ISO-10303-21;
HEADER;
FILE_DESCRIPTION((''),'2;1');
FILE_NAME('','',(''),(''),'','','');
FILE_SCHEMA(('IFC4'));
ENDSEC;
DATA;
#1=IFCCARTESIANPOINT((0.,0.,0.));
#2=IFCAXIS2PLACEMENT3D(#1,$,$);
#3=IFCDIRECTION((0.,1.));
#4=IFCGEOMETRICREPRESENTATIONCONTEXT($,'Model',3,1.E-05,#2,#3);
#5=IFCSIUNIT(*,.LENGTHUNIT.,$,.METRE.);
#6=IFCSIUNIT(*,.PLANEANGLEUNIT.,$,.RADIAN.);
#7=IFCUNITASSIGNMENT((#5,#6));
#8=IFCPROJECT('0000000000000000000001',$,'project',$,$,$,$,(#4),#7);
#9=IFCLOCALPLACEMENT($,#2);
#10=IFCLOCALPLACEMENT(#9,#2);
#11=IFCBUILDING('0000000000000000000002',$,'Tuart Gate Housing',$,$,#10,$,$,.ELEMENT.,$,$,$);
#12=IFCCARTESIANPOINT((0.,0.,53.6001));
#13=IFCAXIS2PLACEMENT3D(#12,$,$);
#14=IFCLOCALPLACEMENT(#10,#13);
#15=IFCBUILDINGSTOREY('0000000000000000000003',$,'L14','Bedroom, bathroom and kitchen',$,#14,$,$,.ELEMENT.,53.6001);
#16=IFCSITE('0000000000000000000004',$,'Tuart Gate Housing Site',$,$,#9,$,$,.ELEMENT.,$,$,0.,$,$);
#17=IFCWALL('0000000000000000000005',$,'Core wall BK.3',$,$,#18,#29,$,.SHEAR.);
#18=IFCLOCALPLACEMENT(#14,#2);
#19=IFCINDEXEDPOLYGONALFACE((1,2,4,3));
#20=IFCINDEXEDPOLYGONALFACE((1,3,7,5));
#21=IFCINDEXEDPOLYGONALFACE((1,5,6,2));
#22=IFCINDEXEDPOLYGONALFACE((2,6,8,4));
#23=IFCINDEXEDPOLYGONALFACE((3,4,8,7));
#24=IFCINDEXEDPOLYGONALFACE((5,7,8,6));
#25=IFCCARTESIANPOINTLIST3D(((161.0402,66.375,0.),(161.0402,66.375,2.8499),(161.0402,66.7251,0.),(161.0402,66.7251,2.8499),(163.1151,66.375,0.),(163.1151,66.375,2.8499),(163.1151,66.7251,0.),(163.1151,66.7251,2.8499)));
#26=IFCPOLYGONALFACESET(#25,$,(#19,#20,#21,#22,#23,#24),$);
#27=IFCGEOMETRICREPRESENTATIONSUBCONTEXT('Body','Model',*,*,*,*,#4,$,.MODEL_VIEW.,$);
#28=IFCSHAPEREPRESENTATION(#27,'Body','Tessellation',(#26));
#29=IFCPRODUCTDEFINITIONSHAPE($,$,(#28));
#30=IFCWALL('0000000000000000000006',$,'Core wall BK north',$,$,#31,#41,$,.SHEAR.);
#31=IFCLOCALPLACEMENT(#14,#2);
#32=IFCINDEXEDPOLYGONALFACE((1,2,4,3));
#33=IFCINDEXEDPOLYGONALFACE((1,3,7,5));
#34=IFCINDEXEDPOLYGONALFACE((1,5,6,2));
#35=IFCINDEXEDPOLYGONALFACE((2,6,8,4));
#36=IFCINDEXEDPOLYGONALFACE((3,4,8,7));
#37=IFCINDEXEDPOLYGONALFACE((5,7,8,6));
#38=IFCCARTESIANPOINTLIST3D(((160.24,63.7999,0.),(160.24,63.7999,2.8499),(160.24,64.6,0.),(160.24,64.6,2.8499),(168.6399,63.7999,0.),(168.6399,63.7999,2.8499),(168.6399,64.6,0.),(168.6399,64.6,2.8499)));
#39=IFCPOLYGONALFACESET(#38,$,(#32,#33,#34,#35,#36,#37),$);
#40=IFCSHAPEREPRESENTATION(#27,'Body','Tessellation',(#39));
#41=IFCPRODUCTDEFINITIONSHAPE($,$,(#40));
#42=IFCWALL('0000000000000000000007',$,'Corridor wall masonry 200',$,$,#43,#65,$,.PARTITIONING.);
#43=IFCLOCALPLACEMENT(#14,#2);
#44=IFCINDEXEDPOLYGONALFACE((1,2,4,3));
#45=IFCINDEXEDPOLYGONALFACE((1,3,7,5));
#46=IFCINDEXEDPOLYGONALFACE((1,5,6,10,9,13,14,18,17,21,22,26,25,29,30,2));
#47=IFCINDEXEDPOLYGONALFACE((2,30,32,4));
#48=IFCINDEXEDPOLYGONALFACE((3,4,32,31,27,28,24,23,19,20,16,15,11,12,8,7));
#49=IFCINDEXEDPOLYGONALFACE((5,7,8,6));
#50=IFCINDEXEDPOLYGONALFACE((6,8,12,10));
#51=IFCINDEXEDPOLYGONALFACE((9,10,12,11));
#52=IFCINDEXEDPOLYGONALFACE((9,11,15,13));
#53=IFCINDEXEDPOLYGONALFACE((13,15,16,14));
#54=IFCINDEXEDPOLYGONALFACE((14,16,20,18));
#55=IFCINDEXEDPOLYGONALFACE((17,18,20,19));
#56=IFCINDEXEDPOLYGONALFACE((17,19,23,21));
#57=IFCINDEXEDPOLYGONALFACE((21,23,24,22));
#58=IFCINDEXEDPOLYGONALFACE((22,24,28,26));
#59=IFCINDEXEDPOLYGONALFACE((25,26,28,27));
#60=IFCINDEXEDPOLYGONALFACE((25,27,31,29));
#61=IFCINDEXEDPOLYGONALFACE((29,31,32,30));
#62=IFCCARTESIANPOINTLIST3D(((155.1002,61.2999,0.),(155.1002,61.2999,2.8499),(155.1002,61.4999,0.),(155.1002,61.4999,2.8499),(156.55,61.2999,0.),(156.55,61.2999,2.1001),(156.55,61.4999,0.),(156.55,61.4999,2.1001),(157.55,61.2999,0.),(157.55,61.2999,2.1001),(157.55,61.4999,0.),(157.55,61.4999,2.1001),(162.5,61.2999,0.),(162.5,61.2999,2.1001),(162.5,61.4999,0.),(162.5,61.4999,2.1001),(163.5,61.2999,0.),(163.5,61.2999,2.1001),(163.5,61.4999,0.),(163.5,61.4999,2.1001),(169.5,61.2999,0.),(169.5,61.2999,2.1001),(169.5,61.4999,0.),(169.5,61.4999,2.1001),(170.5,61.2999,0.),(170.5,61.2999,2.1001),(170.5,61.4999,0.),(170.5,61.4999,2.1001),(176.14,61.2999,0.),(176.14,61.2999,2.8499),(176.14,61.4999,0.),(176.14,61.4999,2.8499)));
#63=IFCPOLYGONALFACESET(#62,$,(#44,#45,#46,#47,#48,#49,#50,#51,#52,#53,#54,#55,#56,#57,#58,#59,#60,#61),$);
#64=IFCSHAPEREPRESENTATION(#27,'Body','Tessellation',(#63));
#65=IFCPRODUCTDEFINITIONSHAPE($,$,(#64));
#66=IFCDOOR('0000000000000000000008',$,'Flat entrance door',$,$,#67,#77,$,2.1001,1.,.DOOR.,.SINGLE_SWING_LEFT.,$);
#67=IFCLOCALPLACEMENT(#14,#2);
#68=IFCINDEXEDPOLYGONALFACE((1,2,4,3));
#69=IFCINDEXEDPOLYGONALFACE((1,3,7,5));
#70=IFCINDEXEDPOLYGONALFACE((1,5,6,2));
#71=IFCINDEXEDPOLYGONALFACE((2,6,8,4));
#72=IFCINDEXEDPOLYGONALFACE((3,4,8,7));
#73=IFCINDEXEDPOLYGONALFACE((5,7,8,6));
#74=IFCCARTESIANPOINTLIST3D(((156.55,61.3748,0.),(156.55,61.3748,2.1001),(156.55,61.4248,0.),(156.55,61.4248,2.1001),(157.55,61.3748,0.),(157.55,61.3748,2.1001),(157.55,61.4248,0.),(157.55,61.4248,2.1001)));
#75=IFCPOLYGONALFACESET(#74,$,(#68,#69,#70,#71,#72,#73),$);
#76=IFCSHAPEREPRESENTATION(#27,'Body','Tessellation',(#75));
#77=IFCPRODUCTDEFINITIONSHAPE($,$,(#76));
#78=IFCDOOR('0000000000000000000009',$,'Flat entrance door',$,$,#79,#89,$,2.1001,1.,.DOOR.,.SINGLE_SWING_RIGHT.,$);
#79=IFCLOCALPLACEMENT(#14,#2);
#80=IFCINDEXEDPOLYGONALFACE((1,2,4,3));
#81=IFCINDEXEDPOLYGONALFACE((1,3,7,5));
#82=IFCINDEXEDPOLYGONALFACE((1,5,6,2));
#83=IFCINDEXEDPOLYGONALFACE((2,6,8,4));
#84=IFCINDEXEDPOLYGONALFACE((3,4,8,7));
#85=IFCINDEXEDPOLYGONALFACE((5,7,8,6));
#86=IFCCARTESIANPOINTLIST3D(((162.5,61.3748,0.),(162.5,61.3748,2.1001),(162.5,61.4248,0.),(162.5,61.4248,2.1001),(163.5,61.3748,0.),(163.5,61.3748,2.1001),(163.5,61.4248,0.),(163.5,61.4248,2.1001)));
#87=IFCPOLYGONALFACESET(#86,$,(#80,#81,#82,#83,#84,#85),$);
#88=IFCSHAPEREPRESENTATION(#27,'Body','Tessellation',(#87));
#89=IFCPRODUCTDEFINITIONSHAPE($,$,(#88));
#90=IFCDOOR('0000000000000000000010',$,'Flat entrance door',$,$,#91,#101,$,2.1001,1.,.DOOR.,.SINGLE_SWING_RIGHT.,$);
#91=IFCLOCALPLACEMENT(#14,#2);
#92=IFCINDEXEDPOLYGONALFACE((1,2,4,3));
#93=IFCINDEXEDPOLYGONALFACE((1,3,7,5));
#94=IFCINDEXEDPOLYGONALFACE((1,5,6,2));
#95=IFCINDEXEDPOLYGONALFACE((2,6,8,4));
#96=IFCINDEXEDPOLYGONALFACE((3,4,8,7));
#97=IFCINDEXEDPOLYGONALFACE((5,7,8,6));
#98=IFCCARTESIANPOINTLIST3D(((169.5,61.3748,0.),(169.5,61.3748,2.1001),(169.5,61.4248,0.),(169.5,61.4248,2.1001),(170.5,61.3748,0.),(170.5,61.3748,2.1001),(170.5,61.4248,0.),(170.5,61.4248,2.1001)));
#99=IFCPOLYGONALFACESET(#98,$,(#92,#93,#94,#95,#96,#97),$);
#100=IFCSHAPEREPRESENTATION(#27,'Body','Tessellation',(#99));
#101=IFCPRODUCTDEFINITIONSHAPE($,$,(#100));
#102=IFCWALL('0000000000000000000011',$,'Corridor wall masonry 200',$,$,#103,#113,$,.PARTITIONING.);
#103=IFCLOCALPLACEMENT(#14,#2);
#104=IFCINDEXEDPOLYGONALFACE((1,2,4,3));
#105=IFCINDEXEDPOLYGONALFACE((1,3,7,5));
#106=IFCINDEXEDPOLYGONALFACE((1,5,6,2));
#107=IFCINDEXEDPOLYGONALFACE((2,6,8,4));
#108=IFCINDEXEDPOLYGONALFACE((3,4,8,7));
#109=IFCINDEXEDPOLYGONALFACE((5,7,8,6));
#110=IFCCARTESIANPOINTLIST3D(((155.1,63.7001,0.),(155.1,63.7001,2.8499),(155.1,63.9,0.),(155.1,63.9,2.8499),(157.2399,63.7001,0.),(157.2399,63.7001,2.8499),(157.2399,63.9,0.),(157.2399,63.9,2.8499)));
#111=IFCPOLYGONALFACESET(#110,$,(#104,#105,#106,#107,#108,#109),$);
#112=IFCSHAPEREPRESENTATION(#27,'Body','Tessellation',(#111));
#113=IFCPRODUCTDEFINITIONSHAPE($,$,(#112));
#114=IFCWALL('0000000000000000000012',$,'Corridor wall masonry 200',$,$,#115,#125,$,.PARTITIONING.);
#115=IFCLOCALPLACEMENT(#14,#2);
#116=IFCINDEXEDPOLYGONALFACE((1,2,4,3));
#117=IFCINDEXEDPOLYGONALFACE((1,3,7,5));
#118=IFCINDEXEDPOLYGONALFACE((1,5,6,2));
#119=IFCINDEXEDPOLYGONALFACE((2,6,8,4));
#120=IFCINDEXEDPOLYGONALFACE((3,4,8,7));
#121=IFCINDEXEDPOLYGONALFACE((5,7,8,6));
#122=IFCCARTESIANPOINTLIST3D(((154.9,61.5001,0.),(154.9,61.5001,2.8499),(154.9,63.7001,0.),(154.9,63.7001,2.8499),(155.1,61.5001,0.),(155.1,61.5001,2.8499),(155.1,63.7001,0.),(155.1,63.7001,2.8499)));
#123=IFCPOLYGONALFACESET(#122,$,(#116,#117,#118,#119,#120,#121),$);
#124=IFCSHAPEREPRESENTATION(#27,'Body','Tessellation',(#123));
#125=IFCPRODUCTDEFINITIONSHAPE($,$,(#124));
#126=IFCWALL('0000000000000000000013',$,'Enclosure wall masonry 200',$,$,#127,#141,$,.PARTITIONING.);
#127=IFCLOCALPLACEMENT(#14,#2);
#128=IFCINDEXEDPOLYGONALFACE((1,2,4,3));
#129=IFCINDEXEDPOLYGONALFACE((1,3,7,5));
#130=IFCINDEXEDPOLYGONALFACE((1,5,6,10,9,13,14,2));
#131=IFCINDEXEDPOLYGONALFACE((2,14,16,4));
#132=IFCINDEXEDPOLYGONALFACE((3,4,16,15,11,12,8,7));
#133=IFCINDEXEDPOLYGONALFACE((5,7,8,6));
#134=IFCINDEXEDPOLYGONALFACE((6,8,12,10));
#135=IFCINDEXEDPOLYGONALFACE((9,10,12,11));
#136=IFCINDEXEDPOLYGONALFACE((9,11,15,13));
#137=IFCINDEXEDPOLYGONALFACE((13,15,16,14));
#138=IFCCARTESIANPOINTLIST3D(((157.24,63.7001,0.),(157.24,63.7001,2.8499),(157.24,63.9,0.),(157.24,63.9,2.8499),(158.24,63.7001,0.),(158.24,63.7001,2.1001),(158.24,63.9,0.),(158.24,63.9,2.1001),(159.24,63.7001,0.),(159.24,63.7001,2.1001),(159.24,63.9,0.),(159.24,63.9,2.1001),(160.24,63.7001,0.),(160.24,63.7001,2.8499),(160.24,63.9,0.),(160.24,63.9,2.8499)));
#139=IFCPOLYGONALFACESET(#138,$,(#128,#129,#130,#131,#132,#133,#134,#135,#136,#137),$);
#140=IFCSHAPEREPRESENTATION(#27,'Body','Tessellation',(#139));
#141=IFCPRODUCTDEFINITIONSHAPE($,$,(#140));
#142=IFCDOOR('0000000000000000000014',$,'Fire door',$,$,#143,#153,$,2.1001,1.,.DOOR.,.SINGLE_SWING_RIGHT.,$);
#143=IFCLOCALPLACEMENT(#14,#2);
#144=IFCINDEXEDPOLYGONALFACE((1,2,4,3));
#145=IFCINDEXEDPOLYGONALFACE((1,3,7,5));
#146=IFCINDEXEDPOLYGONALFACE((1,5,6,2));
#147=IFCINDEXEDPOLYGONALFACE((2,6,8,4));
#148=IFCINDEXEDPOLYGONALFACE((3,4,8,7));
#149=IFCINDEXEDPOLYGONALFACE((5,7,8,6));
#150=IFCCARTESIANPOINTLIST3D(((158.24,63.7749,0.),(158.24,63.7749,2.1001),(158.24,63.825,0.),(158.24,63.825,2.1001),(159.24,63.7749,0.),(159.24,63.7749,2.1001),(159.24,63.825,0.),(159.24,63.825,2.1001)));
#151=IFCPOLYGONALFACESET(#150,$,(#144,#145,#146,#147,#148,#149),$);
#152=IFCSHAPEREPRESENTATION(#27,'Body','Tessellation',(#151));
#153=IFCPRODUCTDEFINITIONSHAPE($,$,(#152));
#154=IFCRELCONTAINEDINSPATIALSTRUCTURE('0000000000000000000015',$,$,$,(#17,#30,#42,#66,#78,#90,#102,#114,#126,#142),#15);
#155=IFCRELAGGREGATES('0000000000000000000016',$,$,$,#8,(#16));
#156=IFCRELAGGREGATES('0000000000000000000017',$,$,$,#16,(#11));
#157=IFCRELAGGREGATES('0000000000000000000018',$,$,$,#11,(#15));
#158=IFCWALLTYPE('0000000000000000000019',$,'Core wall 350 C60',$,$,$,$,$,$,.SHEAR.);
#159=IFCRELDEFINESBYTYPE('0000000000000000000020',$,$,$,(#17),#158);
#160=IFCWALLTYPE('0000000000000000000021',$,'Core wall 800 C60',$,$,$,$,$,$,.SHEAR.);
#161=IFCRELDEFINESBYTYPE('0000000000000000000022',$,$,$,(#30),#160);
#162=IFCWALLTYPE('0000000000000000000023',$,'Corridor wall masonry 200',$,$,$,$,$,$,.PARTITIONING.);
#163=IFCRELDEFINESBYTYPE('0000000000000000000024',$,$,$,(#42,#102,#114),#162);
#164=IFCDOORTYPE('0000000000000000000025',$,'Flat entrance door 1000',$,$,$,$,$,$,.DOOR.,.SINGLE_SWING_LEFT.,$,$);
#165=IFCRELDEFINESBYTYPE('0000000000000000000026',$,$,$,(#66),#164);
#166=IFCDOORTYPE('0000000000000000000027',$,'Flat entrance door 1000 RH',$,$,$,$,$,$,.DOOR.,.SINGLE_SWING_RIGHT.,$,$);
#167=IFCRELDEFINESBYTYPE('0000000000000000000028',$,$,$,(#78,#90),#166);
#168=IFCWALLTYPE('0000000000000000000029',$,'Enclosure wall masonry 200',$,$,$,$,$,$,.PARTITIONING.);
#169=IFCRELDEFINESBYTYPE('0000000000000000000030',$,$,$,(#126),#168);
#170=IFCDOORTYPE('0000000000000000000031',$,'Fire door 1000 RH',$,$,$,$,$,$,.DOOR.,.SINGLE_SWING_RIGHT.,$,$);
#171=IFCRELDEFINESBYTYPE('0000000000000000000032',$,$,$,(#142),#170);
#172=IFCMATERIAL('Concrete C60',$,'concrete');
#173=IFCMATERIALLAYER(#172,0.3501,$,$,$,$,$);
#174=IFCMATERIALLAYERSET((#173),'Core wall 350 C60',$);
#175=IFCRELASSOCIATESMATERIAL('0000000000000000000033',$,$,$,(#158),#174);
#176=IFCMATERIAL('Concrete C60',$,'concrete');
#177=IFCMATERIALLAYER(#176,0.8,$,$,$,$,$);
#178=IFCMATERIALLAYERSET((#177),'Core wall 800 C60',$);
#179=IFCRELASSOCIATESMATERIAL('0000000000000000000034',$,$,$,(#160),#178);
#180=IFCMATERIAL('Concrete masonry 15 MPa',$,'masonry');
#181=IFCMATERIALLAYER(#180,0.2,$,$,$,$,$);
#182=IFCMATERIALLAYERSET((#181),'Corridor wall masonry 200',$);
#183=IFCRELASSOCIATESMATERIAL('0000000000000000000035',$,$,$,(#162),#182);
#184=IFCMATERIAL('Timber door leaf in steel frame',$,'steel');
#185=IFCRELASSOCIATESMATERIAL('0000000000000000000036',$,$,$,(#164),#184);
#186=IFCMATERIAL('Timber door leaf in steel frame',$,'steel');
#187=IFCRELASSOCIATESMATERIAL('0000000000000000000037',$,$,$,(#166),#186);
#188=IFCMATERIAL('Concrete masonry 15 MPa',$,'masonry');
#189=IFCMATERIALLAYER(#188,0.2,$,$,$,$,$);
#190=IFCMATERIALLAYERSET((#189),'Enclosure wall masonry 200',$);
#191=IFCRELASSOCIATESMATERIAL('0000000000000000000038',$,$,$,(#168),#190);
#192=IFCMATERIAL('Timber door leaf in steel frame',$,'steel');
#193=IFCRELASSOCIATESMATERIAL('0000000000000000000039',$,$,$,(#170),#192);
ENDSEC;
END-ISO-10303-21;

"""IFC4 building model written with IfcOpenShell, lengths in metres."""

from ifc_helpers import new_model, si_unit, direction, frame, frame_2d, origin, place, context, subcontext, project, spatial, rectangle, extrude, material, layer, layer_set, type_object, element, fill, save


model = new_model("IFC4")

# Units and contexts
model_context = context("Model", 3, precision=1e-05, world=origin(), true_north=direction((0.0, 1.0)))
body_context = subcontext(model_context, "Body", "Model", "MODEL_VIEW")
ifc_project = project(units=[si_unit("LENGTHUNIT", "METRE"), si_unit("PLANEANGLEUNIT", "RADIAN")], contexts=[model_context])

# Site, building, storey
site_placement = place(None, origin())
site = spatial("IfcSite", under=ifc_project, at=site_placement, Name="Tuart Gate Housing Site", CompositionType="ELEMENT", RefElevation=0.0)
building_placement = place(site_placement, origin())
building = spatial("IfcBuilding", under=site, at=building_placement, Name="Tuart Gate Housing", CompositionType="ELEMENT")
storey_placement = place(building_placement, frame((0.0, 0.0, 53.6001)))
storey = spatial("IfcBuildingStorey", under=building, at=storey_placement, Name="L14", Description="Bedroom, bathroom and kitchen", CompositionType="ELEMENT", Elevation=53.6001)

# Walls
ifc_material_1 = material(Name="Concrete C60", Category="concrete")
ifc_layer_1 = layer(ifc_material_1, 0.3501)
ifc_layer_set_1 = layer_set([ifc_layer_1], Name="Core wall 350 C60")
wall_type_1 = type_object("IfcWallType", Name="Core wall 350 C60", PredefinedType="SHEAR", material=ifc_layer_set_1)
wall_1_placement = place(storey_placement, frame((161.04, 66.55, 0.0), z_axis=(0.0, 0.0, 1.0), x_axis=(1.0, 0.0, 0.0)))
element("IfcWall", 1, at=wall_1_placement, inside=storey, type_object=wall_type_1, Name="Core wall BK.3", PredefinedType="SHEAR", context=body_context, shape_type="SweptSolid", body=[
    extrude(rectangle(XDim=2.075, YDim=0.3501, at=frame_2d((1.0376, 0.0))), origin(), (0.0, 0.0, 1.0), 2.8499),
])
ifc_material_2 = material(Name="Concrete C60", Category="concrete")
ifc_layer_2 = layer(ifc_material_2, 0.8)
ifc_layer_set_2 = layer_set([ifc_layer_2], Name="Core wall 800 C60")
wall_type_2 = type_object("IfcWallType", Name="Core wall 800 C60", PredefinedType="SHEAR", material=ifc_layer_set_2)
wall_2_placement = place(storey_placement, frame((160.24, 64.2, 0.0), z_axis=(0.0, 0.0, 1.0), x_axis=(1.0, 0.0, 0.0)))
element("IfcWall", 2, at=wall_2_placement, inside=storey, type_object=wall_type_2, Name="Core wall BK north", PredefinedType="SHEAR", context=body_context, shape_type="SweptSolid", body=[
    extrude(rectangle(XDim=8.3999, YDim=0.8, at=frame_2d((4.2, 0.0))), origin(), (0.0, 0.0, 1.0), 2.8499),
])

# Wall, openings, doors
ifc_material_3 = material(Name="Concrete masonry 15 MPa", Category="masonry")
ifc_layer_3 = layer(ifc_material_3, 0.2)
ifc_layer_set_3 = layer_set([ifc_layer_3], Name="Corridor wall masonry 200")
wall_type_3 = type_object("IfcWallType", Name="Corridor wall masonry 200", PredefinedType="PARTITIONING", material=ifc_layer_set_3)
wall_3_placement = place(storey_placement, frame((155.1001, 61.3999, 0.0), z_axis=(0.0, 0.0, 1.0), x_axis=(1.0, 0.0, 0.0)))
wall_3 = element("IfcWall", 3, at=wall_3_placement, inside=storey, type_object=wall_type_3, Name="Corridor wall masonry 200", PredefinedType="PARTITIONING", context=body_context, shape_type="SweptSolid", body=[
    extrude(rectangle(XDim=21.0398, YDim=0.2, at=frame_2d((10.52, 0.0))), origin(), (0.0, 0.0, 1.0), 2.8499),
])
opening_1_placement = place(wall_3_placement, frame((1.45, 0.0, 0.0)))
opening_1 = element("IfcOpeningElement", 4, at=opening_1_placement, cuts=wall_3, PredefinedType="OPENING", context=body_context, shape_type="SweptSolid", body=[
    extrude(rectangle(XDim=1.0, YDim=2.1001, at=frame_2d((0.5, 1.05))), frame((0.0, 0.1099, 0.0), z_axis=(0.0, -1.0, 0.0), x_axis=(1.0, 0.0, 0.0)), (0.0, 0.0, 1.0), 0.22),
])
opening_2_placement = place(wall_3_placement, frame((7.3999, 0.0, 0.0)))
opening_2 = element("IfcOpeningElement", 5, at=opening_2_placement, cuts=wall_3, PredefinedType="OPENING", context=body_context, shape_type="SweptSolid", body=[
    extrude(rectangle(XDim=1.0, YDim=2.1001, at=frame_2d((0.5, 1.05))), frame((0.0, 0.1099, 0.0), z_axis=(0.0, -1.0, 0.0), x_axis=(1.0, 0.0, 0.0)), (0.0, 0.0, 1.0), 0.22),
])
opening_3_placement = place(wall_3_placement, frame((14.3999, 0.0, 0.0)))
opening_3 = element("IfcOpeningElement", 6, at=opening_3_placement, cuts=wall_3, PredefinedType="OPENING", context=body_context, shape_type="SweptSolid", body=[
    extrude(rectangle(XDim=1.0, YDim=2.1001, at=frame_2d((0.5, 1.05))), frame((0.0, 0.1099, 0.0), z_axis=(0.0, -1.0, 0.0), x_axis=(1.0, 0.0, 0.0)), (0.0, 0.0, 1.0), 0.22),
])
ifc_material_4 = material(Name="Timber door leaf in steel frame", Category="steel")
door_type_1 = type_object("IfcDoorType", Name="Flat entrance door 1000", OperationType="SINGLE_SWING_LEFT", PredefinedType="DOOR", material=ifc_material_4)
door_1_placement = place(opening_1_placement, frame((1.0, 0.0, 0.0), z_axis=(0.0, 0.0, 1.0), x_axis=(-1.0, 0.0, 0.0)))
door_1 = element("IfcDoor", 7, at=door_1_placement, inside=storey, type_object=door_type_1, Name="Flat entrance door", OperationType="SINGLE_SWING_LEFT", OverallHeight=2.1001, OverallWidth=1.0, PredefinedType="DOOR", context=body_context, shape_type="SweptSolid", body=[
    extrude(rectangle(XDim=1.0, YDim=2.1001, at=frame_2d((0.5, 1.05))), frame((0.0, 0.0251, 0.0), z_axis=(0.0, -1.0, 0.0), x_axis=(1.0, 0.0, 0.0)), (0.0, 0.0, 1.0), 0.05),
])
fill(opening_1, door_1)
ifc_material_5 = material(Name="Timber door leaf in steel frame", Category="steel")
door_type_2 = type_object("IfcDoorType", Name="Flat entrance door 1000 RH", OperationType="SINGLE_SWING_RIGHT", PredefinedType="DOOR", material=ifc_material_5)
door_2_placement = place(opening_2_placement, frame((1.0, 0.0, 0.0), z_axis=(0.0, 0.0, 1.0), x_axis=(-1.0, 0.0, 0.0)))
door_2 = element("IfcDoor", 8, at=door_2_placement, inside=storey, type_object=door_type_2, Name="Flat entrance door", OperationType="SINGLE_SWING_RIGHT", OverallHeight=2.1001, OverallWidth=1.0, PredefinedType="DOOR", context=body_context, shape_type="SweptSolid", body=[
    extrude(rectangle(XDim=1.0, YDim=2.1001, at=frame_2d((0.5, 1.05))), frame((0.0, 0.0251, 0.0), z_axis=(0.0, -1.0, 0.0), x_axis=(1.0, 0.0, 0.0)), (0.0, 0.0, 1.0), 0.05),
])
fill(opening_2, door_2)
door_3_placement = place(opening_3_placement, frame((1.0, 0.0, 0.0), z_axis=(0.0, 0.0, 1.0), x_axis=(-1.0, 0.0, 0.0)))
door_3 = element("IfcDoor", 9, at=door_3_placement, inside=storey, type_object=door_type_2, Name="Flat entrance door", OperationType="SINGLE_SWING_RIGHT", OverallHeight=2.1001, OverallWidth=1.0, PredefinedType="DOOR", context=body_context, shape_type="SweptSolid", body=[
    extrude(rectangle(XDim=1.0, YDim=2.1001, at=frame_2d((0.5, 1.05))), frame((0.0, 0.0251, 0.0), z_axis=(0.0, -1.0, 0.0), x_axis=(1.0, 0.0, 0.0)), (0.0, 0.0, 1.0), 0.05),
])
fill(opening_3, door_3)

# Walls
wall_4_placement = place(storey_placement, frame((155.1001, 63.8, 0.0), z_axis=(0.0, 0.0, 1.0), x_axis=(1.0, 0.0, 0.0)))
element("IfcWall", 10, at=wall_4_placement, inside=storey, type_object=wall_type_3, Name="Corridor wall masonry 200", PredefinedType="PARTITIONING", context=body_context, shape_type="SweptSolid", body=[
    extrude(rectangle(XDim=2.1399, YDim=0.2, at=frame_2d((1.0698, 0.0))), origin(), (0.0, 0.0, 1.0), 2.8499),
])
wall_5_placement = place(storey_placement, frame((155.0, 61.5, 0.0), z_axis=(0.0, 0.0, 1.0), x_axis=(0.0, 1.0, 0.0)))
element("IfcWall", 11, at=wall_5_placement, inside=storey, type_object=wall_type_3, Name="Corridor wall masonry 200", PredefinedType="PARTITIONING", context=body_context, shape_type="SweptSolid", body=[
    extrude(rectangle(XDim=2.2, YDim=0.2, at=frame_2d((1.1001, 0.0))), origin(), (0.0, 0.0, 1.0), 2.8499),
])

# Wall, opening, door
ifc_material_6 = material(Name="Concrete masonry 15 MPa", Category="masonry")
ifc_layer_4 = layer(ifc_material_6, 0.2)
ifc_layer_set_4 = layer_set([ifc_layer_4], Name="Enclosure wall masonry 200")
wall_type_4 = type_object("IfcWallType", Name="Enclosure wall masonry 200", PredefinedType="PARTITIONING", material=ifc_layer_set_4)
wall_6_placement = place(storey_placement, frame((157.24, 63.8, 0.0), z_axis=(0.0, 0.0, 1.0), x_axis=(1.0, 0.0, 0.0)))
wall_6 = element("IfcWall", 12, at=wall_6_placement, inside=storey, type_object=wall_type_4, Name="Enclosure wall masonry 200", PredefinedType="PARTITIONING", context=body_context, shape_type="SweptSolid", body=[
    extrude(rectangle(XDim=3.0, YDim=0.2, at=frame_2d((1.5, 0.0))), origin(), (0.0, 0.0, 1.0), 2.8499),
])
opening_4_placement = place(wall_6_placement, frame((1.0, 0.0, 0.0)))
opening_4 = element("IfcOpeningElement", 13, at=opening_4_placement, cuts=wall_6, PredefinedType="OPENING", context=body_context, shape_type="SweptSolid", body=[
    extrude(rectangle(XDim=1.0, YDim=2.1001, at=frame_2d((0.5, 1.05))), frame((0.0, 0.1099, 0.0), z_axis=(0.0, -1.0, 0.0), x_axis=(1.0, 0.0, 0.0)), (0.0, 0.0, 1.0), 0.22),
])
ifc_material_7 = material(Name="Timber door leaf in steel frame", Category="steel")
door_type_3 = type_object("IfcDoorType", Name="Fire door 1000 RH", OperationType="SINGLE_SWING_RIGHT", PredefinedType="DOOR", material=ifc_material_7)
door_4_placement = place(opening_4_placement, frame((1.0, 0.0, 0.0), z_axis=(0.0, 0.0, 1.0), x_axis=(-1.0, 0.0, 0.0)))
door_4 = element("IfcDoor", 14, at=door_4_placement, inside=storey, type_object=door_type_3, Name="Fire door", OperationType="SINGLE_SWING_RIGHT", OverallHeight=2.1001, OverallWidth=1.0, PredefinedType="DOOR", context=body_context, shape_type="SweptSolid", body=[
    extrude(rectangle(XDim=1.0, YDim=2.1001, at=frame_2d((0.5, 1.05))), frame((0.0, 0.0251, 0.0), z_axis=(0.0, -1.0, 0.0), x_axis=(1.0, 0.0, 0.0)), (0.0, 0.0, 1.0), 0.05),
])
fill(opening_4, door_4)

save(model, "model.ifc")
